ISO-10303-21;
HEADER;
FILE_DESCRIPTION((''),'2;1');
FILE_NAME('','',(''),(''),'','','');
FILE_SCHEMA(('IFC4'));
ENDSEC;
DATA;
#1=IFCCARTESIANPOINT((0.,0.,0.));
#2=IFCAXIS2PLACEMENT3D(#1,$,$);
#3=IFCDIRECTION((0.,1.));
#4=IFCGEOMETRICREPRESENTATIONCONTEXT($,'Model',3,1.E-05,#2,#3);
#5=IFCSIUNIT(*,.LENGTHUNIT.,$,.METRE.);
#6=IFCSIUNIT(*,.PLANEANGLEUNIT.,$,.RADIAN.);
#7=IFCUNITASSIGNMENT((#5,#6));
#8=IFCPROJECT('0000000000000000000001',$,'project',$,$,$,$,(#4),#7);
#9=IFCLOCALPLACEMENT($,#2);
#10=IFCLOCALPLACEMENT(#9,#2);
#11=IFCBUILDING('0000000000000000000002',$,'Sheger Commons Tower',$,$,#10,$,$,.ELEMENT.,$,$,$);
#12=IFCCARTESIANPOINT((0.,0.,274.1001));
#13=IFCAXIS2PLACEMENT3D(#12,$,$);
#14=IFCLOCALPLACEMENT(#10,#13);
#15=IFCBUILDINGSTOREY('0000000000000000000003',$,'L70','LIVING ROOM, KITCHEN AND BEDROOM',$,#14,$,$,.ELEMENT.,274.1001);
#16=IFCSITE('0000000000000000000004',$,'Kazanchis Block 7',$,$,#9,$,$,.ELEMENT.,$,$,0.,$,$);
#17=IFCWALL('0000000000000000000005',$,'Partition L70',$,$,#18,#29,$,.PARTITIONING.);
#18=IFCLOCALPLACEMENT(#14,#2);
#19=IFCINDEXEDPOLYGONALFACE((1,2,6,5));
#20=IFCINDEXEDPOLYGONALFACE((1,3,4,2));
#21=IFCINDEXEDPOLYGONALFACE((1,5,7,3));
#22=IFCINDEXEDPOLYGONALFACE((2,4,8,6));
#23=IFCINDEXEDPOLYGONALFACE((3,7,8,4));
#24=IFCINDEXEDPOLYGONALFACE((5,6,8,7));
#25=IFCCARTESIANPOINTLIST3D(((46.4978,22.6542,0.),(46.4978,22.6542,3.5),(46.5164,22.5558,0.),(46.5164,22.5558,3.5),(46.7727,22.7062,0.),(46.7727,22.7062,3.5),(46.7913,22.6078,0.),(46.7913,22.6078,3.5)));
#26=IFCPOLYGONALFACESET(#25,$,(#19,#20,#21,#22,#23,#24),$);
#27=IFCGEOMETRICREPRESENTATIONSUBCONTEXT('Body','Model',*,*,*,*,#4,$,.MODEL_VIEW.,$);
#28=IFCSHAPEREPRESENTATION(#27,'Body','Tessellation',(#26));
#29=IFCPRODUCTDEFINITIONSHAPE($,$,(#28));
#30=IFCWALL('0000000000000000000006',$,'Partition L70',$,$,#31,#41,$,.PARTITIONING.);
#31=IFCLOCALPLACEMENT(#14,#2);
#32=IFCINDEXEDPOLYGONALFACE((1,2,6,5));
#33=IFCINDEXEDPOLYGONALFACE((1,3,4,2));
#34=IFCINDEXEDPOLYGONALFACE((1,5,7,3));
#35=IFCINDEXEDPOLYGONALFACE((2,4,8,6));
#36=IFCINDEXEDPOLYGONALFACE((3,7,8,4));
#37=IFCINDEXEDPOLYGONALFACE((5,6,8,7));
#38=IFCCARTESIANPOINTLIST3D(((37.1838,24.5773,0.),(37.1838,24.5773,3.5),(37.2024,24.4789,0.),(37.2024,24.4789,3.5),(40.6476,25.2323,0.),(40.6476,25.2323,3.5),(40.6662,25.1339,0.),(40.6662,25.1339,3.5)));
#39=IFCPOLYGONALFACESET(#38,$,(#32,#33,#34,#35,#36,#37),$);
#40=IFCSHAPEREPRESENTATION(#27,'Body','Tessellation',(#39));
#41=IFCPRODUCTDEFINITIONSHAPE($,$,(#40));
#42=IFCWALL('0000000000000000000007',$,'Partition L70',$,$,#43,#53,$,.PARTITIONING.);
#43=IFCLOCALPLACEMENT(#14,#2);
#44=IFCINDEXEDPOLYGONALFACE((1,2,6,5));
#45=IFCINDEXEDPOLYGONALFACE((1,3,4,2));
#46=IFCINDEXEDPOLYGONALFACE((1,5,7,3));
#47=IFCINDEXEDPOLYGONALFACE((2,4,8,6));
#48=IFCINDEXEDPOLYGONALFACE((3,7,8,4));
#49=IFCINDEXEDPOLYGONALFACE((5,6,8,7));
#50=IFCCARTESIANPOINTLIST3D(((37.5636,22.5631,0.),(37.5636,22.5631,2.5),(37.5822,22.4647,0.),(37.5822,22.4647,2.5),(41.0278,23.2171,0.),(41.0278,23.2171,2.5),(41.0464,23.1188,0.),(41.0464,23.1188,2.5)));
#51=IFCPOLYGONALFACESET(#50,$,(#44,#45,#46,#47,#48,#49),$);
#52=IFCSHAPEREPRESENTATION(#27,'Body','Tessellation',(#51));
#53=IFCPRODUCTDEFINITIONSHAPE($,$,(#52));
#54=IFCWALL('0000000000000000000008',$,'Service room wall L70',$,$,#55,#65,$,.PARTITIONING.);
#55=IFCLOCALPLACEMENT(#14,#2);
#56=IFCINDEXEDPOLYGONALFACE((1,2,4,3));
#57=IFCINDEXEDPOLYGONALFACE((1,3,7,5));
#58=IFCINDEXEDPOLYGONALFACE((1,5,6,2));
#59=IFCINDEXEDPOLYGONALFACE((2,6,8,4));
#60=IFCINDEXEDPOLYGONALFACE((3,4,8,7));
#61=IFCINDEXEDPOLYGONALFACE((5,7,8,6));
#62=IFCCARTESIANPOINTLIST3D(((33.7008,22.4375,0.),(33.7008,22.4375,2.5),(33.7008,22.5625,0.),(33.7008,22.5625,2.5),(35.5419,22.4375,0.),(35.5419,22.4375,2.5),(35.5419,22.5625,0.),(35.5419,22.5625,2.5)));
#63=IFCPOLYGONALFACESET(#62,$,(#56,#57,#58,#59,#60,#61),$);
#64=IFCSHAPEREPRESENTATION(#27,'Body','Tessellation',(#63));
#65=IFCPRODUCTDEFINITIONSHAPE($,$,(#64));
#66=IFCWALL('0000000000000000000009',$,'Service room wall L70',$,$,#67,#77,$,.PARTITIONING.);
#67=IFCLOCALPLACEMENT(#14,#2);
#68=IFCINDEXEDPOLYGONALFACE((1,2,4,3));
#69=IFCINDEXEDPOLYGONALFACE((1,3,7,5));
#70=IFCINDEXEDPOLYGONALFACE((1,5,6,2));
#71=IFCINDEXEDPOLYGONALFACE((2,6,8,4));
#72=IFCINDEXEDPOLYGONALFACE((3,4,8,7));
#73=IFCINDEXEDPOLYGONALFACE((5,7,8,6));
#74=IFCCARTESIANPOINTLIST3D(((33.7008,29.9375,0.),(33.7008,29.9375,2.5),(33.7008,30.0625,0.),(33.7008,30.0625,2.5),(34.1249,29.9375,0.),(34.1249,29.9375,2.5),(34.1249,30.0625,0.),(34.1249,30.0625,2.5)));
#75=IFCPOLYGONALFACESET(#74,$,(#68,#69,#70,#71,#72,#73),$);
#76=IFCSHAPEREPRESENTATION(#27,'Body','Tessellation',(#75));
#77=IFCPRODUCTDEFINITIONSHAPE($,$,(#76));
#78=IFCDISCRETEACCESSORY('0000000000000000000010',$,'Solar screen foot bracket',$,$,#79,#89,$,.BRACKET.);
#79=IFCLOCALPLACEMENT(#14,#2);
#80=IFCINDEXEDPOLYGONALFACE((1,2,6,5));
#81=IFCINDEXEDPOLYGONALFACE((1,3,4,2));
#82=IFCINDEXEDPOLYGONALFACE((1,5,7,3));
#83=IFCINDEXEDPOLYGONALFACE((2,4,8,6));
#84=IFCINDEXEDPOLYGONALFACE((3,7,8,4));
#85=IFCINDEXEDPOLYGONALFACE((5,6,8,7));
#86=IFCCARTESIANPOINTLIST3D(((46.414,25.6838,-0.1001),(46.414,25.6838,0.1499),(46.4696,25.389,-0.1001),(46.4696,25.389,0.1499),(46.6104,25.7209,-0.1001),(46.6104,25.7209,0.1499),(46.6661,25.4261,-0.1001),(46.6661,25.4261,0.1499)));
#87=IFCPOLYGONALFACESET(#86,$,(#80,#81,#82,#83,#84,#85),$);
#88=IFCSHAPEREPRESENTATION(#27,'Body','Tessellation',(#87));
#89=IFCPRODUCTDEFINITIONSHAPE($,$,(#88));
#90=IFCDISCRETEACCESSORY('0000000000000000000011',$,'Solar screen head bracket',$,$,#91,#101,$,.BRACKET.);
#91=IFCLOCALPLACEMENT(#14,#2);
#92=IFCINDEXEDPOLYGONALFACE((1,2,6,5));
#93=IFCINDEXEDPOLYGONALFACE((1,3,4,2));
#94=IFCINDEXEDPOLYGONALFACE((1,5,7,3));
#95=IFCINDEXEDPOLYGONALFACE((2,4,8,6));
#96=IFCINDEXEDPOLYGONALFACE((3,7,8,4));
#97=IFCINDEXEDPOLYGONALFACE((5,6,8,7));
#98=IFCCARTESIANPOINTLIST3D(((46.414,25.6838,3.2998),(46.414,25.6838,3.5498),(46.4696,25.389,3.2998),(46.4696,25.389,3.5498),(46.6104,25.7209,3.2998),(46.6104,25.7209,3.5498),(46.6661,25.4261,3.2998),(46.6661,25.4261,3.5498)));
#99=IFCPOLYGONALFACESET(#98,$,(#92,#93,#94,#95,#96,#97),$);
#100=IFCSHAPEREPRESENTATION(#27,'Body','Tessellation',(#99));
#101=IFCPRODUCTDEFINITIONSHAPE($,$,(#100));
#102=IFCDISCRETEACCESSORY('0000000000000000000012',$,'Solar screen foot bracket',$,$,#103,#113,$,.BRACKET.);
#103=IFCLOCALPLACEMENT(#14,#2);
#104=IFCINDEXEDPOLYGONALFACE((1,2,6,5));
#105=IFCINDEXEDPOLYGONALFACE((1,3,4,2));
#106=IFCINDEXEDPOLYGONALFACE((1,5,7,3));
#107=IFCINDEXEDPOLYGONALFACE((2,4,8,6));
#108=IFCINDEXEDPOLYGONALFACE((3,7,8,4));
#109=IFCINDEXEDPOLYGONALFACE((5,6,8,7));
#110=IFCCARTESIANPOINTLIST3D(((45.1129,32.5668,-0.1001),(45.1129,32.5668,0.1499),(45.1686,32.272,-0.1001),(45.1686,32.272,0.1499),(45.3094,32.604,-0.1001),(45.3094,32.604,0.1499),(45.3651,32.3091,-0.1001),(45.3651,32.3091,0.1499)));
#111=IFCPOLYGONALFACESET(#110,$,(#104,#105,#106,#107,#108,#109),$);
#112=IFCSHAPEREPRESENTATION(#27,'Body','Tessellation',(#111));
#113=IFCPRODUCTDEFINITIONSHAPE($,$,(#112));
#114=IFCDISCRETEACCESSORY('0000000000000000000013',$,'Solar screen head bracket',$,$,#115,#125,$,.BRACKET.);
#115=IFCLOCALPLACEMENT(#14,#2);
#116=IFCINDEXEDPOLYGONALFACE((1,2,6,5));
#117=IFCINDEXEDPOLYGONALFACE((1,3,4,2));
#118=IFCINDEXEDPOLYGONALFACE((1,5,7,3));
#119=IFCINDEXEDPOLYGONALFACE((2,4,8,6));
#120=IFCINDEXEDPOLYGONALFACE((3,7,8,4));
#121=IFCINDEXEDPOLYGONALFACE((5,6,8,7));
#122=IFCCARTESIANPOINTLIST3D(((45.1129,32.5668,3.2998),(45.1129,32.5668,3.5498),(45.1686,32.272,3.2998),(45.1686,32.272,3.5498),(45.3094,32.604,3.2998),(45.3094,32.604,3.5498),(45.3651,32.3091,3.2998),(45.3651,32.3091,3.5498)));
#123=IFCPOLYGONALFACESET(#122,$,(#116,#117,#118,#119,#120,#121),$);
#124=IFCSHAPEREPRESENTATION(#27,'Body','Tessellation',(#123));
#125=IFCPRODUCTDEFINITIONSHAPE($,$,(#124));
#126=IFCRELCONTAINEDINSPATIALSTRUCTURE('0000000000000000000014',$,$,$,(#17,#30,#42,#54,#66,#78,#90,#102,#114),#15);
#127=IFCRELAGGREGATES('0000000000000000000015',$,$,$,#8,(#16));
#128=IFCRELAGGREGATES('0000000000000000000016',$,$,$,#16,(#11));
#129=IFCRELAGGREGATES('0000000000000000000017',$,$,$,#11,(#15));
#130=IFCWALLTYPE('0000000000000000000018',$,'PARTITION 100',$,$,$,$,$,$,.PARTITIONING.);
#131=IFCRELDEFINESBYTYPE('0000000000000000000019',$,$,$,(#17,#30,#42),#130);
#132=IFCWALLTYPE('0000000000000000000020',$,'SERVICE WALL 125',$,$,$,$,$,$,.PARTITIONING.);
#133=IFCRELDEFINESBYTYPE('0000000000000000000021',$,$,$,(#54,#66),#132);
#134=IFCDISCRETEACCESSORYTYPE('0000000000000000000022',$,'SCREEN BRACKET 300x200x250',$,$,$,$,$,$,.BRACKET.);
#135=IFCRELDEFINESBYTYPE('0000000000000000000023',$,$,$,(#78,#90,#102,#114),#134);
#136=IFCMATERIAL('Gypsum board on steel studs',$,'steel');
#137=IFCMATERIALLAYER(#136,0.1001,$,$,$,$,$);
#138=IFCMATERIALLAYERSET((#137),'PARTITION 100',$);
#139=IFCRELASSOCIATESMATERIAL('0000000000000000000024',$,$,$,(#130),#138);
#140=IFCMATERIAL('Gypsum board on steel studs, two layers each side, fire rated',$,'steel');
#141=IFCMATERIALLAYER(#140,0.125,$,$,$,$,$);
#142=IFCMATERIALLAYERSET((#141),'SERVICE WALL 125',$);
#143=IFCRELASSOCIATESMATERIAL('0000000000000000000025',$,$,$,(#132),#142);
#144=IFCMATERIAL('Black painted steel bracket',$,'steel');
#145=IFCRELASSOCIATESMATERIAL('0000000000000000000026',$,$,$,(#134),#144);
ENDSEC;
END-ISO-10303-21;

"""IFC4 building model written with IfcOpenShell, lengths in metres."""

from ifc_helpers import new_model, si_unit, direction, frame, frame_2d, origin, origin_2d, place, context, subcontext, project, spatial, rectangle, extrude, material, layer, layer_set, type_object, element, save


model = new_model("IFC4")

# Units and contexts
model_context = context("Model", 3, precision=1e-05, world=origin(), true_north=direction((0.0, 1.0)))
body_context = subcontext(model_context, "Body", "Model", "MODEL_VIEW")
ifc_project = project(units=[si_unit("LENGTHUNIT", "METRE"), si_unit("PLANEANGLEUNIT", "RADIAN")], contexts=[model_context])

# Site, building, storey
site_placement = place(None, origin())
site = spatial("IfcSite", under=ifc_project, at=site_placement, Name="Kazanchis Block 7", CompositionType="ELEMENT", RefElevation=0.0)
building_placement = place(site_placement, origin())
building = spatial("IfcBuilding", under=site, at=building_placement, Name="Sheger Commons Tower", CompositionType="ELEMENT")
storey_placement = place(building_placement, frame((0.0, 0.0, 274.1001)))
storey = spatial("IfcBuildingStorey", under=building, at=storey_placement, Name="L70", Description="LIVING ROOM, KITCHEN AND BEDROOM", CompositionType="ELEMENT", Elevation=274.1001)

# Shared definitions
ifc_material_1 = material(Name="Gypsum board on steel studs", Category="steel")
ifc_layer_1 = layer(ifc_material_1, 0.1001)
ifc_layer_set_1 = layer_set([ifc_layer_1], Name="PARTITION 100")
wall_type_1 = type_object("IfcWallType", Name="PARTITION 100", PredefinedType="PARTITIONING", material=ifc_layer_set_1)

# Walls
wall_1_placement = place(storey_placement, frame((46.782, 22.657, 0.0), z_axis=(0.0, 0.0, 1.0), x_axis=(-0.982575, -0.185869, 0.0)))
element("IfcWall", 1, at=wall_1_placement, inside=storey, type_object=wall_type_1, Name="Partition L70", PredefinedType="PARTITIONING", context=body_context, shape_type="SweptSolid", body=[
    extrude(rectangle(XDim=0.2798, YDim=0.1001, at=frame_2d((0.1399, 0.0))), origin(), (0.0, 0.0, 1.0), 3.5),
])
wall_2_placement = place(storey_placement, frame((40.657, 25.1831, 0.0), z_axis=(0.0, 0.0, 1.0), x_axis=(-0.982586, -0.18581, 0.0)))
element("IfcWall", 2, at=wall_2_placement, inside=storey, type_object=wall_type_1, Name="Partition L70", PredefinedType="PARTITIONING", context=body_context, shape_type="SweptSolid", body=[
    extrude(rectangle(XDim=3.5251, YDim=0.1001, at=frame_2d((1.7627, 0.0))), origin(), (0.0, 0.0, 1.0), 3.5),
])
wall_3_placement = place(storey_placement, frame((41.0371, 23.168, 0.0), z_axis=(0.0, 0.0, 1.0), x_axis=(-0.982639, -0.18553, 0.0)))
element("IfcWall", 3, at=wall_3_placement, inside=storey, type_object=wall_type_1, Name="Partition L70", PredefinedType="PARTITIONING", context=body_context, shape_type="SweptSolid", body=[
    extrude(rectangle(XDim=3.5254, YDim=0.1001, at=frame_2d((1.7627, 0.0))), origin(), (0.0, 0.0, 1.0), 2.5),
])
ifc_material_2 = material(Name="Gypsum board on steel studs, two layers each side, fire rated", Category="steel")
ifc_layer_2 = layer(ifc_material_2, 0.125)
ifc_layer_set_2 = layer_set([ifc_layer_2], Name="SERVICE WALL 125")
wall_type_2 = type_object("IfcWallType", Name="SERVICE WALL 125", PredefinedType="PARTITIONING", material=ifc_layer_set_2)
wall_4_placement = place(storey_placement, frame((33.7009, 22.5, 0.0), z_axis=(0.0, 0.0, 1.0), x_axis=(1.0, 0.0, 0.0)))
element("IfcWall", 4, at=wall_4_placement, inside=storey, type_object=wall_type_2, Name="Service room wall L70", PredefinedType="PARTITIONING", context=body_context, shape_type="SweptSolid", body=[
    extrude(rectangle(XDim=1.8411, YDim=0.125, at=frame_2d((0.9204, 0.0))), origin(), (0.0, 0.0, 1.0), 2.5),
])
wall_5_placement = place(storey_placement, frame((33.7009, 30.0, 0.0), z_axis=(0.0, 0.0, 1.0), x_axis=(1.0, 0.0, 0.0)))
element("IfcWall", 5, at=wall_5_placement, inside=storey, type_object=wall_type_2, Name="Service room wall L70", PredefinedType="PARTITIONING", context=body_context, shape_type="SweptSolid", body=[
    extrude(rectangle(XDim=0.4241, YDim=0.125, at=frame_2d((0.2119, 0.0))), origin(), (0.0, 0.0, 1.0), 2.5),
])

# Discrete accessories
ifc_material_3 = material(Name="Black painted steel bracket", Category="steel")
discrete_accessory_type = type_object("IfcDiscreteAccessoryType", Name="SCREEN BRACKET 300x200x250", PredefinedType="BRACKET", material=ifc_material_3)
for number, where, z_axis, x_axis, name in (
    (6, (46.54, 25.5549, -0.1001), (0.0, 0.0, 1.0), (-0.185615, 0.982623, 0.0), "Solar screen foot bracket"),
    (7, (46.54, 25.5549, 3.2998), (0.0, 0.0, 1.0), (-0.185615, 0.982623, 0.0), "Solar screen head bracket"),
    (8, (45.239, 32.438, -0.1001), (0.0, 0.0, 1.0), (-0.185615, 0.982623, 0.0), "Solar screen foot bracket"),
    (9, (45.239, 32.438, 3.2998), (0.0, 0.0, 1.0), (-0.185615, 0.982623, 0.0), "Solar screen head bracket"),
):
    element("IfcDiscreteAccessory", number, at=place(storey_placement, frame(where, z_axis=z_axis, x_axis=x_axis)), inside=storey, type_object=discrete_accessory_type, Name=name, PredefinedType="BRACKET", context=body_context, shape_type="SweptSolid", body=[
        extrude(rectangle(XDim=0.3, YDim=0.2, at=origin_2d()), origin(), (0.0, 0.0, 1.0), 0.25),
    ])

save(model, "model.ifc")
